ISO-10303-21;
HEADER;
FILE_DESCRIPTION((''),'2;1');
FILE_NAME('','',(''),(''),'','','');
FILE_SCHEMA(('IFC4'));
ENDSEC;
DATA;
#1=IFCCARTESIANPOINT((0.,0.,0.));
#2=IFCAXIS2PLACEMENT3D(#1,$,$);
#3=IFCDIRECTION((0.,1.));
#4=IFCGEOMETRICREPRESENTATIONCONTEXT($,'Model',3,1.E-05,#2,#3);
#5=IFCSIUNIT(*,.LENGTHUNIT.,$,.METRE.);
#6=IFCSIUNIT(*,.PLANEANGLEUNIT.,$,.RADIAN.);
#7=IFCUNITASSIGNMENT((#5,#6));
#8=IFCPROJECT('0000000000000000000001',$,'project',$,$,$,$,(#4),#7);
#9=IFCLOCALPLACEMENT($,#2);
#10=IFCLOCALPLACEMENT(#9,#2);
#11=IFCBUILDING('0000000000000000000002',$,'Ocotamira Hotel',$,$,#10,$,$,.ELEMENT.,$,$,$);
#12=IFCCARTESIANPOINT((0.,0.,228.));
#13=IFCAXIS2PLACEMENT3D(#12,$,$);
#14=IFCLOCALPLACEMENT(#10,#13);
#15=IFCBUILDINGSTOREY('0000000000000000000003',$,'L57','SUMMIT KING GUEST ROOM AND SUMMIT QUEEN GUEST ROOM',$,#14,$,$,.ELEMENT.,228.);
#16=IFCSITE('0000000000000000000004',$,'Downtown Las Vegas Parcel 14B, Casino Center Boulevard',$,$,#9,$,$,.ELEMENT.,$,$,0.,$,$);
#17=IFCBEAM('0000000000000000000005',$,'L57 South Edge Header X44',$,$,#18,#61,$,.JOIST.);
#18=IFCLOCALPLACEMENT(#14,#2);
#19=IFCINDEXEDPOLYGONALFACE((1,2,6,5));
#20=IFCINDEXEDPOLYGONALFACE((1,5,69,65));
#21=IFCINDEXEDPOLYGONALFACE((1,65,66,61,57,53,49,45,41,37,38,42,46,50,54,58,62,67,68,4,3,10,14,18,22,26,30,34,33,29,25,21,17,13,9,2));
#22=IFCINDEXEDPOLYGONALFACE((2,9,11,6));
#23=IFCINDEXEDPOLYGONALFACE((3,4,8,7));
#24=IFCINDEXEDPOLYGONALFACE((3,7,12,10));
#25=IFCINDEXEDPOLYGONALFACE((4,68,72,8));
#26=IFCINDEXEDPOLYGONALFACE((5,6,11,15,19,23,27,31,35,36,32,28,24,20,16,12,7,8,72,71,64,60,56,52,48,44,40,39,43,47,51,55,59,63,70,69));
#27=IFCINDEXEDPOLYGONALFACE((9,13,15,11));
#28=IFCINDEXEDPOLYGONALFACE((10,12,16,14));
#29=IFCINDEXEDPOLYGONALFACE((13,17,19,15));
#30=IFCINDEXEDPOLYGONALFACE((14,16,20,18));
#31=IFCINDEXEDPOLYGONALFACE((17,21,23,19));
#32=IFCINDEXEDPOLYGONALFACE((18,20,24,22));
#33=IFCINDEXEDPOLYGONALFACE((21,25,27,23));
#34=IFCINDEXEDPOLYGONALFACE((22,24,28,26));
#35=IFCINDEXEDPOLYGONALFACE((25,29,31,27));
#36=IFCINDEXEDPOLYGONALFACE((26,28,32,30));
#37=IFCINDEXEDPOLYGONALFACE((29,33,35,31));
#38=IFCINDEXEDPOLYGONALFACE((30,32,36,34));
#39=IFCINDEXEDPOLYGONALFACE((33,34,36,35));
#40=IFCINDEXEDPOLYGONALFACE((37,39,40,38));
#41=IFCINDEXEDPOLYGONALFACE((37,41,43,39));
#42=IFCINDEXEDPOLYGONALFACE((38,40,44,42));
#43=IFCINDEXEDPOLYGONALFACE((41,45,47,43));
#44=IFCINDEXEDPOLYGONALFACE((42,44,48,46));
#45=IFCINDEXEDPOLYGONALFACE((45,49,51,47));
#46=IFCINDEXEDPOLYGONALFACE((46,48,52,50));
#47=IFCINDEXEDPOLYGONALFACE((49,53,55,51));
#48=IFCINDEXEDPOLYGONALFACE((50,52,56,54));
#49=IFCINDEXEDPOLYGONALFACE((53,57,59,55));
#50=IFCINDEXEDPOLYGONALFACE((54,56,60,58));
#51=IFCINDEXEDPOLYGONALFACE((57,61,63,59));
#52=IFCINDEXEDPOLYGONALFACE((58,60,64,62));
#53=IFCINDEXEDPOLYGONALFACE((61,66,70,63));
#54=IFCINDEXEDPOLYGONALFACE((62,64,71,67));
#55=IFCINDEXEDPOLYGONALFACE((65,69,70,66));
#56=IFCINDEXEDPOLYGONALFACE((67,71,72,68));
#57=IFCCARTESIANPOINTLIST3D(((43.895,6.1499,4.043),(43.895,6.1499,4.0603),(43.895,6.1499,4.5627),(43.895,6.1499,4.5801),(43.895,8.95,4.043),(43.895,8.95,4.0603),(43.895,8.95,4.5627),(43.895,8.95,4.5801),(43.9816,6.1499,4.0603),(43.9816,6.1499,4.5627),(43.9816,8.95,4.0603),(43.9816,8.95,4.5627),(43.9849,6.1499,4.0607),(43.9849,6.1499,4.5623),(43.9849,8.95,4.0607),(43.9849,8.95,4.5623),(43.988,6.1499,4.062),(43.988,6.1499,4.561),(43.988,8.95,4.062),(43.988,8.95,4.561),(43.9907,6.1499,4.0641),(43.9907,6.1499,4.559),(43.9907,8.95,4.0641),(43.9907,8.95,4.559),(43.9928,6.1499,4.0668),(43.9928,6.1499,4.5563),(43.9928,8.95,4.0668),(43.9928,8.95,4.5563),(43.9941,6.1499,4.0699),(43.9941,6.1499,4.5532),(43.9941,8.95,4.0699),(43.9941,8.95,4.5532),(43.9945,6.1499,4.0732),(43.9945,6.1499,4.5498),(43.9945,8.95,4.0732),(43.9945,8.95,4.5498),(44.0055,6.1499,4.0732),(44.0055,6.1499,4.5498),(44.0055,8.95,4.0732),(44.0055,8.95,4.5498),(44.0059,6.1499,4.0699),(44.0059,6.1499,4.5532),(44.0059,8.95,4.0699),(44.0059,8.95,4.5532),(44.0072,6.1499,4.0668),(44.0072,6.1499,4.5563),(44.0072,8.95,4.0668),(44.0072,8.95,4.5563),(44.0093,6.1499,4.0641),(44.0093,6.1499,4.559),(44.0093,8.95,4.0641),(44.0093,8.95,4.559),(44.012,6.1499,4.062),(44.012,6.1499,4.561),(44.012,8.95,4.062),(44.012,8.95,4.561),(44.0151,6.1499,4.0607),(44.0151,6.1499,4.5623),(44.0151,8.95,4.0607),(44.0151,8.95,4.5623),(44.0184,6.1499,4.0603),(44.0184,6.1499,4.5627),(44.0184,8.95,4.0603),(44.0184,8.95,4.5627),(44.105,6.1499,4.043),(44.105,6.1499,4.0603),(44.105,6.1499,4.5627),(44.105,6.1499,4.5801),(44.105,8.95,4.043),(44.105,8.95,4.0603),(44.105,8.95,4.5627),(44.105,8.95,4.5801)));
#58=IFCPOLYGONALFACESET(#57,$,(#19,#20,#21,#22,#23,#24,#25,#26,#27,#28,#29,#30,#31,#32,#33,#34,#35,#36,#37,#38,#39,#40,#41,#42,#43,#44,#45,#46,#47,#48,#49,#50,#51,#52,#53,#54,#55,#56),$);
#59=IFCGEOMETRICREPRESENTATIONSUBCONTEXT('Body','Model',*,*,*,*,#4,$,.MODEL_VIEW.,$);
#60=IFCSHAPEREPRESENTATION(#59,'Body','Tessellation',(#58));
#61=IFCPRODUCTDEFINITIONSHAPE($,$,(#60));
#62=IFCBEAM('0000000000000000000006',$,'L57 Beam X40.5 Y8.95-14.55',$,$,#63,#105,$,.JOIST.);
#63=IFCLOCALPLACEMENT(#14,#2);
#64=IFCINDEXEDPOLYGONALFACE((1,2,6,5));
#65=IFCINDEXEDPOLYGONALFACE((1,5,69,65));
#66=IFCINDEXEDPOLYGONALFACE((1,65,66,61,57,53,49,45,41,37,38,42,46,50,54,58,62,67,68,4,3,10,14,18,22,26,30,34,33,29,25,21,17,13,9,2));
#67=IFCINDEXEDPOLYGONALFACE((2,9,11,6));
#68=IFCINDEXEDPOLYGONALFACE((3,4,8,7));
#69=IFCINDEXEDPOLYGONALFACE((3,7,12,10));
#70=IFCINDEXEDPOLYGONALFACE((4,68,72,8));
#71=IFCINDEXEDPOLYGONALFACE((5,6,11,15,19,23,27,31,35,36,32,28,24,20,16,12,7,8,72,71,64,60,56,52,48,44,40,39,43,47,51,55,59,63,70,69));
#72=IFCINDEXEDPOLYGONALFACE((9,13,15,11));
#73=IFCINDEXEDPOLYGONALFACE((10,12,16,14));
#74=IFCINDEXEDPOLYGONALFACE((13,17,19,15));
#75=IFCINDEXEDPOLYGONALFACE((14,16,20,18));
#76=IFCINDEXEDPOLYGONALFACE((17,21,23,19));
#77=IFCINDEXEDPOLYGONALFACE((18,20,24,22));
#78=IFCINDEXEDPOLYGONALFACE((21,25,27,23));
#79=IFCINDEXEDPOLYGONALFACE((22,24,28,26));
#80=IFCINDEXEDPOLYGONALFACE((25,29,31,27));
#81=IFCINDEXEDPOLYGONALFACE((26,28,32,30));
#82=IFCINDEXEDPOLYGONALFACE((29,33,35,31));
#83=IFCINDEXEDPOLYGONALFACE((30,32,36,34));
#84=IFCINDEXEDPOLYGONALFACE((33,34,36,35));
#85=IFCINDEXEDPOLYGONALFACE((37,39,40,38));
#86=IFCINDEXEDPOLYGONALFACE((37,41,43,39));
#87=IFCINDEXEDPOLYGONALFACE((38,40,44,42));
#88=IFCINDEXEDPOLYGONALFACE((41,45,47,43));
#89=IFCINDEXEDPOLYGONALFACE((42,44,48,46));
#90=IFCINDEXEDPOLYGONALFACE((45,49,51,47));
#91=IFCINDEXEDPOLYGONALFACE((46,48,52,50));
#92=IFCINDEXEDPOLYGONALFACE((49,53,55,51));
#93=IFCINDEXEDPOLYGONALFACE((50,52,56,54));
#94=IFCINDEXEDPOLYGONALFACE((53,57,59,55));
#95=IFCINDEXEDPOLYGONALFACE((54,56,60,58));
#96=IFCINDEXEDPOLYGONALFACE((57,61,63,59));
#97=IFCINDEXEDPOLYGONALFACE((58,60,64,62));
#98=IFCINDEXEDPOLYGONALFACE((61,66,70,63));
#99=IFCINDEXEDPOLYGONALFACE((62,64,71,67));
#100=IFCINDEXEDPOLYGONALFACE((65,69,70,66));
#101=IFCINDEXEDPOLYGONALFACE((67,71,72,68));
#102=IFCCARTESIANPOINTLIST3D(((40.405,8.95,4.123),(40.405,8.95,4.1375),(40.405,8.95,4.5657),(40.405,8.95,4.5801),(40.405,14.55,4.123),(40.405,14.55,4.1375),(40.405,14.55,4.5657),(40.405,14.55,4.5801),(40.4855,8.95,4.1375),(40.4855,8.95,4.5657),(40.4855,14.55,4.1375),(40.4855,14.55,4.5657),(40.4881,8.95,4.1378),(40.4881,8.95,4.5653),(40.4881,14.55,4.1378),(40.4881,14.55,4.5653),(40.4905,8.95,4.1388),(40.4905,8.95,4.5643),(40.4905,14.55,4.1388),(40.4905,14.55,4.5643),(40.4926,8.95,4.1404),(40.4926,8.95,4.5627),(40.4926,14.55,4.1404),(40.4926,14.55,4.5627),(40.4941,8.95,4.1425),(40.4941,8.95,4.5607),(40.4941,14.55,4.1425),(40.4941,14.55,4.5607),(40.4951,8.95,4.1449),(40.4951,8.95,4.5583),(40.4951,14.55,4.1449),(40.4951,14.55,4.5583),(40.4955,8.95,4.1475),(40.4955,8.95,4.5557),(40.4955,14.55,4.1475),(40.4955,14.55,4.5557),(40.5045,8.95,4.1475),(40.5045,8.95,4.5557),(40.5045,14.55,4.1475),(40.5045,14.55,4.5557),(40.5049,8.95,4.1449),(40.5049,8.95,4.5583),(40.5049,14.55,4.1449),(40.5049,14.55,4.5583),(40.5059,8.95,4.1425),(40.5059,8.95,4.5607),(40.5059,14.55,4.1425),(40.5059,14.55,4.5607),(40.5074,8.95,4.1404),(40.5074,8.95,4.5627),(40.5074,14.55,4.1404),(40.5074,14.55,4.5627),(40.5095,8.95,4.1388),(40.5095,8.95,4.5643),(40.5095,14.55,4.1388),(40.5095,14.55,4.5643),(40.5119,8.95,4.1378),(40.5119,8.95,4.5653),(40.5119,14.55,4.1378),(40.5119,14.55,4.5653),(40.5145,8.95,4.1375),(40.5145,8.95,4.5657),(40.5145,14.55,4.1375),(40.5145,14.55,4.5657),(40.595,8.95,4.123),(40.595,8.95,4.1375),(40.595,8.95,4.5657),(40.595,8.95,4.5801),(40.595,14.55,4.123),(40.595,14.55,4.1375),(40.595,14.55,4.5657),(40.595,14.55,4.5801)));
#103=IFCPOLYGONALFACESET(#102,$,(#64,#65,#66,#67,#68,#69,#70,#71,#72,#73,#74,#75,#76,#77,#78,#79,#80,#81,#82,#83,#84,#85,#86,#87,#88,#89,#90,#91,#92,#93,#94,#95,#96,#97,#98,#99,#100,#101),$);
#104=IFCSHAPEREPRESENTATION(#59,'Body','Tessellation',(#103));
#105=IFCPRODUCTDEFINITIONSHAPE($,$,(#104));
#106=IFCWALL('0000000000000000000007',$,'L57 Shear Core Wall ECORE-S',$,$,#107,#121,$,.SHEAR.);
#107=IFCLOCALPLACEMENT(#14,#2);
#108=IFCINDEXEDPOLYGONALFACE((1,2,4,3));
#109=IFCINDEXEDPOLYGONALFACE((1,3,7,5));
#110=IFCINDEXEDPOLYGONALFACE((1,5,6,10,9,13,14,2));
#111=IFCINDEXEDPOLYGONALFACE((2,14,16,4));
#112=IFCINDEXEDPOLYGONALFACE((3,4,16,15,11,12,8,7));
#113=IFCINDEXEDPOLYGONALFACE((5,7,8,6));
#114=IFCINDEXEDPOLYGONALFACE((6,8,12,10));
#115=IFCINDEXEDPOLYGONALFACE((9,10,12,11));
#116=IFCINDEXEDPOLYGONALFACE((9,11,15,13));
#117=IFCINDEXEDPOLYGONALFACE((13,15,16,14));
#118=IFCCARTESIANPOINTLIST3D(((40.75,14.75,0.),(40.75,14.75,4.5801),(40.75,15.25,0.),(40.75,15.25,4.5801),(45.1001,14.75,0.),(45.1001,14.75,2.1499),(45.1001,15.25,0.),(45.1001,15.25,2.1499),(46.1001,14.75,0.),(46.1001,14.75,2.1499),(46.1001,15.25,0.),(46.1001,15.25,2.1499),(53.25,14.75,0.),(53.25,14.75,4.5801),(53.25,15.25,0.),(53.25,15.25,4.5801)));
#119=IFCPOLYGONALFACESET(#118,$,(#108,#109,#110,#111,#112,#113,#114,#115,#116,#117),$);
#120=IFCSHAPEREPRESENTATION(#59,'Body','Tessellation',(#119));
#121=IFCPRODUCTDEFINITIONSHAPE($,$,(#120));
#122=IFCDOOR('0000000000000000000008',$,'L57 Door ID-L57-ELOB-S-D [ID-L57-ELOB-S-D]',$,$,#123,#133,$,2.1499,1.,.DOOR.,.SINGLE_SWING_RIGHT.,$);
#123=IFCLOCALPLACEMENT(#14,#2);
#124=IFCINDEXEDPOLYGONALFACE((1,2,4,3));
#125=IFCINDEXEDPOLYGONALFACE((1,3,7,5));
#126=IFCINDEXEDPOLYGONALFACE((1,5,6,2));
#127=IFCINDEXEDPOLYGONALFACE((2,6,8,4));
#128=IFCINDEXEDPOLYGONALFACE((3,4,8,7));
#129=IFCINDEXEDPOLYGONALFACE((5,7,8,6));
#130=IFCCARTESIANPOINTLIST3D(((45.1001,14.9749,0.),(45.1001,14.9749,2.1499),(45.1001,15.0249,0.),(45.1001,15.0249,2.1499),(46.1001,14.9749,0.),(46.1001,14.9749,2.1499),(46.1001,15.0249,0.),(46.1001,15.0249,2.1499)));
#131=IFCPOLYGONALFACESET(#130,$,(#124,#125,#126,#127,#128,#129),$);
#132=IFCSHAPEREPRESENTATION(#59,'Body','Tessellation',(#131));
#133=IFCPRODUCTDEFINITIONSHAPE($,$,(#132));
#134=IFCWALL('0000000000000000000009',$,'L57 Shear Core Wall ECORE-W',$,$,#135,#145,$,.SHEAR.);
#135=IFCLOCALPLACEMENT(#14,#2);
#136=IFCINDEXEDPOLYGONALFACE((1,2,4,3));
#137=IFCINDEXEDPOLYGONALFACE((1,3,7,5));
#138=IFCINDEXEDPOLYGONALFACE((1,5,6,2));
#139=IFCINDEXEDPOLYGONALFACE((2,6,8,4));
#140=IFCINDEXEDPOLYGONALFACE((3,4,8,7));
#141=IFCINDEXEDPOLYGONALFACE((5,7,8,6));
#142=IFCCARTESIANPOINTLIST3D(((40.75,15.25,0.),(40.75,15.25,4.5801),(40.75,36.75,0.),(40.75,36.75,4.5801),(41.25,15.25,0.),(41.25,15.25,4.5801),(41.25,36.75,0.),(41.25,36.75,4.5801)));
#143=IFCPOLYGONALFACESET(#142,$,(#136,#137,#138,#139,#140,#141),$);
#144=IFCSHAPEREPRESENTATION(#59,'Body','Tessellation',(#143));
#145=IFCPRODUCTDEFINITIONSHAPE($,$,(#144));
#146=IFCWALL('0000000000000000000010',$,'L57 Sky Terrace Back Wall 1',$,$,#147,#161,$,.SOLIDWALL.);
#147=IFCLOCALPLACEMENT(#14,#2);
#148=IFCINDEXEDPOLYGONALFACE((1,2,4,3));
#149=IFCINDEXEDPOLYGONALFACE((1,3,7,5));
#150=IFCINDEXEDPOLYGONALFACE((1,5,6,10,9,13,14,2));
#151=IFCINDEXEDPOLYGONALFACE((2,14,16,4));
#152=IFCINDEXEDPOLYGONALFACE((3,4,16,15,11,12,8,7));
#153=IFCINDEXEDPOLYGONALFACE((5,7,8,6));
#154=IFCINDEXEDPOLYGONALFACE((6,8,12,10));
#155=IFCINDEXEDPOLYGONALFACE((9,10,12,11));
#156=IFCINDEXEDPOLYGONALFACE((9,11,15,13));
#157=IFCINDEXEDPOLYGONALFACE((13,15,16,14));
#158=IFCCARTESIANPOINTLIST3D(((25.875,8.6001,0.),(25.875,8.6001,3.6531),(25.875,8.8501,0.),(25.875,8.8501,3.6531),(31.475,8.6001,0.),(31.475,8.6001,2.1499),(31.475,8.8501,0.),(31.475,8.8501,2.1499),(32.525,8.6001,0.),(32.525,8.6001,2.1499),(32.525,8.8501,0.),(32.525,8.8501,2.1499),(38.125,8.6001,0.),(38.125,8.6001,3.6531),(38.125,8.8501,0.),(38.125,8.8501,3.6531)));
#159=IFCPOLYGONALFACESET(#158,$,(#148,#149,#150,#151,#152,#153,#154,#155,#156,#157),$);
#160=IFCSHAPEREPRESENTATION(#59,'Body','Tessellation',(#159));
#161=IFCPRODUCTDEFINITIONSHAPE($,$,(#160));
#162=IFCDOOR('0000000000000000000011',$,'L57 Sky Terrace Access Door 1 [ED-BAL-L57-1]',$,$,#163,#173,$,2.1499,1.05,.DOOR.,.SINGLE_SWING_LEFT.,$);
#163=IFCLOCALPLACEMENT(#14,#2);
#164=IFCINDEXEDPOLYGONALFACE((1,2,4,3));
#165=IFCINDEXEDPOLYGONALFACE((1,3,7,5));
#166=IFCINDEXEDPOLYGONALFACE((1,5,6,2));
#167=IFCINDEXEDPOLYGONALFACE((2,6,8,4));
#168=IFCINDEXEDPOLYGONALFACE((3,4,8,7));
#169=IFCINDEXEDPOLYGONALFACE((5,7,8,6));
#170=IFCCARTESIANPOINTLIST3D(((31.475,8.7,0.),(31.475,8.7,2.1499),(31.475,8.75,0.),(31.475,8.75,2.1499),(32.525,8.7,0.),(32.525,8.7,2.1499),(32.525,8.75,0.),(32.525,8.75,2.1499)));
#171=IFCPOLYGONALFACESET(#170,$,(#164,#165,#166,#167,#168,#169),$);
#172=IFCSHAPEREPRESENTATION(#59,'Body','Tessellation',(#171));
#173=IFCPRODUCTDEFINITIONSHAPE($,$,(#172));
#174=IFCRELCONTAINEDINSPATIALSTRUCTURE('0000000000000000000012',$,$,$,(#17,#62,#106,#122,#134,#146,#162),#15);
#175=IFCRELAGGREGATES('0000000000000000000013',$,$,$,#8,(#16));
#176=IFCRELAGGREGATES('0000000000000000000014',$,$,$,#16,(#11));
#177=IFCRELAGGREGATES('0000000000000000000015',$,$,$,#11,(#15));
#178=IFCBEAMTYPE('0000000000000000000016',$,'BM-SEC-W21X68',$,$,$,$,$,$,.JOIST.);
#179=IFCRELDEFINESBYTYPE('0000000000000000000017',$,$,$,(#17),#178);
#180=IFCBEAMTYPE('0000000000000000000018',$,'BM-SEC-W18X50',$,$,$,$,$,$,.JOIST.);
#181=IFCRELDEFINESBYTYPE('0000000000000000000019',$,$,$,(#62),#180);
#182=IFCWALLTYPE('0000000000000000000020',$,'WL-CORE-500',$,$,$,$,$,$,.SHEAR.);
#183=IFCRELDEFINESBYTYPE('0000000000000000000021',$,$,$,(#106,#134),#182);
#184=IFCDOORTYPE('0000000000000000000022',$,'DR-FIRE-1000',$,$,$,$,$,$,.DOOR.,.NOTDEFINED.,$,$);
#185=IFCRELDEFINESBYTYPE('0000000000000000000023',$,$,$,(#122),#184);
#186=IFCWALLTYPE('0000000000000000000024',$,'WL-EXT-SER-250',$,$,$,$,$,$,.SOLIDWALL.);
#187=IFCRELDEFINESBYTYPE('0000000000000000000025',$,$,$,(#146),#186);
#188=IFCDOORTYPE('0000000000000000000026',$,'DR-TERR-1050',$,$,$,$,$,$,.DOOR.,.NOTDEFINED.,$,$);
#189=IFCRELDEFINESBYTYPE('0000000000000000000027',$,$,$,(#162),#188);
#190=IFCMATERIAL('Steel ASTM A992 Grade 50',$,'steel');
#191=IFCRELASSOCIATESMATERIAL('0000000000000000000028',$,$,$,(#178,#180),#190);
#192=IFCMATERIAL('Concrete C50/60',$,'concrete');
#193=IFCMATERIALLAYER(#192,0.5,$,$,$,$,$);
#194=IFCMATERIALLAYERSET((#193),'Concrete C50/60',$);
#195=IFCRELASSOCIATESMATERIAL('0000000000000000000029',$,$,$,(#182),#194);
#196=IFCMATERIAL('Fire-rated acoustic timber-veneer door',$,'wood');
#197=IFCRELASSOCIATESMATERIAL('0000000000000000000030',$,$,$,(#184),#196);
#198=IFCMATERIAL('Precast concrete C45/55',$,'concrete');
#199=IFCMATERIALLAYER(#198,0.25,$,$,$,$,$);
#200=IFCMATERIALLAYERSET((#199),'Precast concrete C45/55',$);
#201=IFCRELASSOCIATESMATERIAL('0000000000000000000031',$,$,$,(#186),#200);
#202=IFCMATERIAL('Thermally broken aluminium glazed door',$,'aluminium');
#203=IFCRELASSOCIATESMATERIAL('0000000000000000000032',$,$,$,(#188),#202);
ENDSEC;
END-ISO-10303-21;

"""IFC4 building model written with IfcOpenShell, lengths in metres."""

from ifc_helpers import new_model, si_unit, direction, frame, frame_2d, origin, origin_2d, place, context, subcontext, project, spatial, rectangle, i_section, extrude, source, transform, mapped, material, layer, layer_set, material_profile, profile_set, type_object, element, fill, save


model = new_model("IFC4")

# Units and contexts
model_context = context("Model", 3, precision=1e-05, world=origin(), true_north=direction((0.0, 1.0)))
body_context = subcontext(model_context, "Body", "Model", "MODEL_VIEW")
ifc_project = project(units=[si_unit("LENGTHUNIT", "METRE"), si_unit("PLANEANGLEUNIT", "RADIAN")], contexts=[model_context])

# Site, building, storey
site_placement = place(None, origin())
site = spatial("IfcSite", under=ifc_project, at=site_placement, Name="Downtown Las Vegas Parcel 14B, Casino Center Boulevard", CompositionType="ELEMENT", RefElevation=0.0)
building_placement = place(site_placement, origin())
building = spatial("IfcBuilding", under=site, at=building_placement, Name="Ocotamira Hotel", CompositionType="ELEMENT")
storey_placement = place(building_placement, frame((0.0, 0.0, 228.0)))
storey = spatial("IfcBuildingStorey", under=building, at=storey_placement, Name="L57", Description="SUMMIT KING GUEST ROOM AND SUMMIT QUEEN GUEST ROOM", CompositionType="ELEMENT", Elevation=228.0)

# Beams
ifc_material_1 = material(Name="Steel ASTM A992 Grade 50", Category="steel")
ifc_material_profile_1 = material_profile(ifc_material_1, i_section(OverallWidth=0.21, OverallDepth=0.5371, WebThickness=0.011, FlangeThickness=0.0173, FilletRadius=0.0129, at=origin_2d()), Name="W21X68")
ifc_profile_set_1 = profile_set([ifc_material_profile_1], Name="Steel ASTM A992 Grade 50")
beam_type_1 = type_object("IfcBeamType", Name="BM-SEC-W21X68", PredefinedType="JOIST", material=ifc_profile_set_1)
shared_shape_1 = source(origin(), body_context, "Body", "SweptSolid", [
    extrude(i_section(OverallWidth=0.21, OverallDepth=0.5371, WebThickness=0.011, FlangeThickness=0.0173, FilletRadius=0.0129, at=origin_2d()), origin(), (0.0, 0.0, 1.0), 2.8),
])
for number, where, z_axis, x_axis, name in (
    (1, (44.0, 8.95, 4.3115), (0.0, -1.0, 0.0), (1.0, 0.0, 0.0), "L57 South Edge Header X44"),
):
    element("IfcBeam", number, at=place(storey_placement, frame(where, z_axis=z_axis, x_axis=x_axis)), inside=storey, type_object=beam_type_1, Name=name, PredefinedType="JOIST", context=body_context, shape_type="MappedRepresentation", body=[
        mapped(shared_shape_1, transform((0.0, 0.0, 0.0), scale=1.0)),
    ])
ifc_material_profile_2 = material_profile(ifc_material_1, i_section(OverallWidth=0.1899, OverallDepth=0.457, WebThickness=0.009, FlangeThickness=0.0144, FilletRadius=0.01, at=origin_2d()), Name="W18X50")
ifc_profile_set_2 = profile_set([ifc_material_profile_2], Name="Steel ASTM A992 Grade 50")
beam_type_2 = type_object("IfcBeamType", Name="BM-SEC-W18X50", PredefinedType="JOIST", material=ifc_profile_set_2)
shared_shape_2 = source(origin(), body_context, "Body", "SweptSolid", [
    extrude(i_section(OverallWidth=0.1899, OverallDepth=0.457, WebThickness=0.009, FlangeThickness=0.0144, FilletRadius=0.01, at=origin_2d()), origin(), (0.0, 0.0, 1.0), 5.6001),
])
beam_1_placement = place(storey_placement, frame((40.5, 8.95, 4.3516), z_axis=(0.0, 1.0, 0.0), x_axis=(-1.0, 0.0, 0.0)))
element("IfcBeam", 2, at=beam_1_placement, inside=storey, type_object=beam_type_2, Name="L57 Beam X40.5 Y8.95-14.55", PredefinedType="JOIST", context=body_context, shape_type="MappedRepresentation", body=[
    mapped(shared_shape_2, transform((0.0, 0.0, 0.0), scale=1.0)),
])

# Wall, opening, door
ifc_material_2 = material(Name="Concrete C50/60", Category="concrete")
ifc_layer_1 = layer(ifc_material_2, 0.5)
ifc_layer_set_1 = layer_set([ifc_layer_1], Name="Concrete C50/60")
wall_type_1 = type_object("IfcWallType", Name="WL-CORE-500", PredefinedType="SHEAR", material=ifc_layer_set_1)
wall_1_placement = place(storey_placement, frame((40.75, 15.0, 0.0), z_axis=(0.0, 0.0, 1.0), x_axis=(1.0, 0.0, 0.0)))
wall_1 = element("IfcWall", 3, at=wall_1_placement, inside=storey, type_object=wall_type_1, Name="L57 Shear Core Wall ECORE-S", PredefinedType="SHEAR", context=body_context, shape_type="SweptSolid", body=[
    extrude(rectangle(XDim=12.5, YDim=0.5, at=frame_2d((6.25, 0.0))), origin(), (0.0, 0.0, 1.0), 4.5801),
])
opening_1_placement = place(wall_1_placement, frame((4.3501, 0.0, 0.0)))
opening_1 = element("IfcOpeningElement", 4, at=opening_1_placement, cuts=wall_1, PredefinedType="OPENING", context=body_context, shape_type="SweptSolid", body=[
    extrude(rectangle(XDim=1.0, YDim=2.1499, at=frame_2d((0.5, 1.075))), frame((0.0, 0.26, 0.0), z_axis=(0.0, -1.0, 0.0), x_axis=(1.0, 0.0, 0.0)), (0.0, 0.0, 1.0), 0.52),
])
ifc_material_3 = material(Name="Fire-rated acoustic timber-veneer door", Category="wood")
door_type_1 = type_object("IfcDoorType", Name="DR-FIRE-1000", OperationType="NOTDEFINED", PredefinedType="DOOR", material=ifc_material_3)
shared_shape_3 = source(origin(), body_context, "Body", "SweptSolid", [
    extrude(rectangle(XDim=1.0, YDim=2.1499, at=frame_2d((0.5, 1.075))), frame((0.0, 0.0249, 0.0), z_axis=(0.0, -1.0, 0.0), x_axis=(1.0, 0.0, 0.0)), (0.0, 0.0, 1.0), 0.05),
])
door_1_placement = place(opening_1_placement, origin())
door_1 = element("IfcDoor", 5, at=door_1_placement, inside=storey, type_object=door_type_1, Name="L57 Door ID-L57-ELOB-S-D [ID-L57-ELOB-S-D]", OperationType="SINGLE_SWING_RIGHT", OverallHeight=2.1499, OverallWidth=1.0, PredefinedType="DOOR", context=body_context, shape_type="MappedRepresentation", body=[
    mapped(shared_shape_3, transform((0.0, 0.0, 0.0), scale=1.0)),
])
fill(opening_1, door_1)

# Wall
wall_2_placement = place(storey_placement, frame((41.0, 15.25, 0.0), z_axis=(0.0, 0.0, 1.0), x_axis=(0.0, 1.0, 0.0)))
element("IfcWall", 6, at=wall_2_placement, inside=storey, type_object=wall_type_1, Name="L57 Shear Core Wall ECORE-W", PredefinedType="SHEAR", context=body_context, shape_type="SweptSolid", body=[
    extrude(rectangle(XDim=21.5, YDim=0.5, at=frame_2d((10.75, 0.0))), origin(), (0.0, 0.0, 1.0), 4.5801),
])

# Wall, opening, door
ifc_material_4 = material(Name="Precast concrete C45/55", Category="concrete")
ifc_layer_2 = layer(ifc_material_4, 0.25)
ifc_layer_set_2 = layer_set([ifc_layer_2], Name="Precast concrete C45/55")
wall_type_2 = type_object("IfcWallType", Name="WL-EXT-SER-250", PredefinedType="SOLIDWALL", material=ifc_layer_set_2)
wall_3_placement = place(storey_placement, frame((25.875, 8.7251, 0.0), z_axis=(0.0, 0.0, 1.0), x_axis=(1.0, 0.0, 0.0)))
wall_3 = element("IfcWall", 7, at=wall_3_placement, inside=storey, type_object=wall_type_2, Name="L57 Sky Terrace Back Wall 1", PredefinedType="SOLIDWALL", context=body_context, shape_type="SweptSolid", body=[
    extrude(rectangle(XDim=12.25, YDim=0.25, at=frame_2d((6.125, 0.0))), origin(), (0.0, 0.0, 1.0), 3.6531),
])
opening_2_placement = place(wall_3_placement, frame((5.6001, 0.0, 0.0)))
opening_2 = element("IfcOpeningElement", 8, at=opening_2_placement, cuts=wall_3, PredefinedType="OPENING", context=body_context, shape_type="SweptSolid", body=[
    extrude(rectangle(XDim=1.05, YDim=2.1499, at=frame_2d((0.5249, 1.075))), frame((0.0, 0.135, 0.0), z_axis=(0.0, -1.0, 0.0), x_axis=(1.0, 0.0, 0.0)), (0.0, 0.0, 1.0), 0.27),
])
ifc_material_5 = material(Name="Thermally broken aluminium glazed door", Category="aluminium")
door_type_2 = type_object("IfcDoorType", Name="DR-TERR-1050", OperationType="NOTDEFINED", PredefinedType="DOOR", material=ifc_material_5)
shared_shape_4 = source(origin(), body_context, "Body", "SweptSolid", [
    extrude(rectangle(XDim=1.05, YDim=2.1499, at=frame_2d((0.5249, 1.075))), frame((0.0, 0.0249, 0.0), z_axis=(0.0, -1.0, 0.0), x_axis=(1.0, 0.0, 0.0)), (0.0, 0.0, 1.0), 0.05),
])
door_2_placement = place(opening_2_placement, origin())
door_2 = element("IfcDoor", 9, at=door_2_placement, inside=storey, type_object=door_type_2, Name="L57 Sky Terrace Access Door 1 [ED-BAL-L57-1]", OperationType="SINGLE_SWING_LEFT", OverallHeight=2.1499, OverallWidth=1.05, PredefinedType="DOOR", context=body_context, shape_type="MappedRepresentation", body=[
    mapped(shared_shape_4, transform((0.0, 0.0, 0.0), scale=1.0)),
])
fill(opening_2, door_2)

save(model, "model.ifc")
